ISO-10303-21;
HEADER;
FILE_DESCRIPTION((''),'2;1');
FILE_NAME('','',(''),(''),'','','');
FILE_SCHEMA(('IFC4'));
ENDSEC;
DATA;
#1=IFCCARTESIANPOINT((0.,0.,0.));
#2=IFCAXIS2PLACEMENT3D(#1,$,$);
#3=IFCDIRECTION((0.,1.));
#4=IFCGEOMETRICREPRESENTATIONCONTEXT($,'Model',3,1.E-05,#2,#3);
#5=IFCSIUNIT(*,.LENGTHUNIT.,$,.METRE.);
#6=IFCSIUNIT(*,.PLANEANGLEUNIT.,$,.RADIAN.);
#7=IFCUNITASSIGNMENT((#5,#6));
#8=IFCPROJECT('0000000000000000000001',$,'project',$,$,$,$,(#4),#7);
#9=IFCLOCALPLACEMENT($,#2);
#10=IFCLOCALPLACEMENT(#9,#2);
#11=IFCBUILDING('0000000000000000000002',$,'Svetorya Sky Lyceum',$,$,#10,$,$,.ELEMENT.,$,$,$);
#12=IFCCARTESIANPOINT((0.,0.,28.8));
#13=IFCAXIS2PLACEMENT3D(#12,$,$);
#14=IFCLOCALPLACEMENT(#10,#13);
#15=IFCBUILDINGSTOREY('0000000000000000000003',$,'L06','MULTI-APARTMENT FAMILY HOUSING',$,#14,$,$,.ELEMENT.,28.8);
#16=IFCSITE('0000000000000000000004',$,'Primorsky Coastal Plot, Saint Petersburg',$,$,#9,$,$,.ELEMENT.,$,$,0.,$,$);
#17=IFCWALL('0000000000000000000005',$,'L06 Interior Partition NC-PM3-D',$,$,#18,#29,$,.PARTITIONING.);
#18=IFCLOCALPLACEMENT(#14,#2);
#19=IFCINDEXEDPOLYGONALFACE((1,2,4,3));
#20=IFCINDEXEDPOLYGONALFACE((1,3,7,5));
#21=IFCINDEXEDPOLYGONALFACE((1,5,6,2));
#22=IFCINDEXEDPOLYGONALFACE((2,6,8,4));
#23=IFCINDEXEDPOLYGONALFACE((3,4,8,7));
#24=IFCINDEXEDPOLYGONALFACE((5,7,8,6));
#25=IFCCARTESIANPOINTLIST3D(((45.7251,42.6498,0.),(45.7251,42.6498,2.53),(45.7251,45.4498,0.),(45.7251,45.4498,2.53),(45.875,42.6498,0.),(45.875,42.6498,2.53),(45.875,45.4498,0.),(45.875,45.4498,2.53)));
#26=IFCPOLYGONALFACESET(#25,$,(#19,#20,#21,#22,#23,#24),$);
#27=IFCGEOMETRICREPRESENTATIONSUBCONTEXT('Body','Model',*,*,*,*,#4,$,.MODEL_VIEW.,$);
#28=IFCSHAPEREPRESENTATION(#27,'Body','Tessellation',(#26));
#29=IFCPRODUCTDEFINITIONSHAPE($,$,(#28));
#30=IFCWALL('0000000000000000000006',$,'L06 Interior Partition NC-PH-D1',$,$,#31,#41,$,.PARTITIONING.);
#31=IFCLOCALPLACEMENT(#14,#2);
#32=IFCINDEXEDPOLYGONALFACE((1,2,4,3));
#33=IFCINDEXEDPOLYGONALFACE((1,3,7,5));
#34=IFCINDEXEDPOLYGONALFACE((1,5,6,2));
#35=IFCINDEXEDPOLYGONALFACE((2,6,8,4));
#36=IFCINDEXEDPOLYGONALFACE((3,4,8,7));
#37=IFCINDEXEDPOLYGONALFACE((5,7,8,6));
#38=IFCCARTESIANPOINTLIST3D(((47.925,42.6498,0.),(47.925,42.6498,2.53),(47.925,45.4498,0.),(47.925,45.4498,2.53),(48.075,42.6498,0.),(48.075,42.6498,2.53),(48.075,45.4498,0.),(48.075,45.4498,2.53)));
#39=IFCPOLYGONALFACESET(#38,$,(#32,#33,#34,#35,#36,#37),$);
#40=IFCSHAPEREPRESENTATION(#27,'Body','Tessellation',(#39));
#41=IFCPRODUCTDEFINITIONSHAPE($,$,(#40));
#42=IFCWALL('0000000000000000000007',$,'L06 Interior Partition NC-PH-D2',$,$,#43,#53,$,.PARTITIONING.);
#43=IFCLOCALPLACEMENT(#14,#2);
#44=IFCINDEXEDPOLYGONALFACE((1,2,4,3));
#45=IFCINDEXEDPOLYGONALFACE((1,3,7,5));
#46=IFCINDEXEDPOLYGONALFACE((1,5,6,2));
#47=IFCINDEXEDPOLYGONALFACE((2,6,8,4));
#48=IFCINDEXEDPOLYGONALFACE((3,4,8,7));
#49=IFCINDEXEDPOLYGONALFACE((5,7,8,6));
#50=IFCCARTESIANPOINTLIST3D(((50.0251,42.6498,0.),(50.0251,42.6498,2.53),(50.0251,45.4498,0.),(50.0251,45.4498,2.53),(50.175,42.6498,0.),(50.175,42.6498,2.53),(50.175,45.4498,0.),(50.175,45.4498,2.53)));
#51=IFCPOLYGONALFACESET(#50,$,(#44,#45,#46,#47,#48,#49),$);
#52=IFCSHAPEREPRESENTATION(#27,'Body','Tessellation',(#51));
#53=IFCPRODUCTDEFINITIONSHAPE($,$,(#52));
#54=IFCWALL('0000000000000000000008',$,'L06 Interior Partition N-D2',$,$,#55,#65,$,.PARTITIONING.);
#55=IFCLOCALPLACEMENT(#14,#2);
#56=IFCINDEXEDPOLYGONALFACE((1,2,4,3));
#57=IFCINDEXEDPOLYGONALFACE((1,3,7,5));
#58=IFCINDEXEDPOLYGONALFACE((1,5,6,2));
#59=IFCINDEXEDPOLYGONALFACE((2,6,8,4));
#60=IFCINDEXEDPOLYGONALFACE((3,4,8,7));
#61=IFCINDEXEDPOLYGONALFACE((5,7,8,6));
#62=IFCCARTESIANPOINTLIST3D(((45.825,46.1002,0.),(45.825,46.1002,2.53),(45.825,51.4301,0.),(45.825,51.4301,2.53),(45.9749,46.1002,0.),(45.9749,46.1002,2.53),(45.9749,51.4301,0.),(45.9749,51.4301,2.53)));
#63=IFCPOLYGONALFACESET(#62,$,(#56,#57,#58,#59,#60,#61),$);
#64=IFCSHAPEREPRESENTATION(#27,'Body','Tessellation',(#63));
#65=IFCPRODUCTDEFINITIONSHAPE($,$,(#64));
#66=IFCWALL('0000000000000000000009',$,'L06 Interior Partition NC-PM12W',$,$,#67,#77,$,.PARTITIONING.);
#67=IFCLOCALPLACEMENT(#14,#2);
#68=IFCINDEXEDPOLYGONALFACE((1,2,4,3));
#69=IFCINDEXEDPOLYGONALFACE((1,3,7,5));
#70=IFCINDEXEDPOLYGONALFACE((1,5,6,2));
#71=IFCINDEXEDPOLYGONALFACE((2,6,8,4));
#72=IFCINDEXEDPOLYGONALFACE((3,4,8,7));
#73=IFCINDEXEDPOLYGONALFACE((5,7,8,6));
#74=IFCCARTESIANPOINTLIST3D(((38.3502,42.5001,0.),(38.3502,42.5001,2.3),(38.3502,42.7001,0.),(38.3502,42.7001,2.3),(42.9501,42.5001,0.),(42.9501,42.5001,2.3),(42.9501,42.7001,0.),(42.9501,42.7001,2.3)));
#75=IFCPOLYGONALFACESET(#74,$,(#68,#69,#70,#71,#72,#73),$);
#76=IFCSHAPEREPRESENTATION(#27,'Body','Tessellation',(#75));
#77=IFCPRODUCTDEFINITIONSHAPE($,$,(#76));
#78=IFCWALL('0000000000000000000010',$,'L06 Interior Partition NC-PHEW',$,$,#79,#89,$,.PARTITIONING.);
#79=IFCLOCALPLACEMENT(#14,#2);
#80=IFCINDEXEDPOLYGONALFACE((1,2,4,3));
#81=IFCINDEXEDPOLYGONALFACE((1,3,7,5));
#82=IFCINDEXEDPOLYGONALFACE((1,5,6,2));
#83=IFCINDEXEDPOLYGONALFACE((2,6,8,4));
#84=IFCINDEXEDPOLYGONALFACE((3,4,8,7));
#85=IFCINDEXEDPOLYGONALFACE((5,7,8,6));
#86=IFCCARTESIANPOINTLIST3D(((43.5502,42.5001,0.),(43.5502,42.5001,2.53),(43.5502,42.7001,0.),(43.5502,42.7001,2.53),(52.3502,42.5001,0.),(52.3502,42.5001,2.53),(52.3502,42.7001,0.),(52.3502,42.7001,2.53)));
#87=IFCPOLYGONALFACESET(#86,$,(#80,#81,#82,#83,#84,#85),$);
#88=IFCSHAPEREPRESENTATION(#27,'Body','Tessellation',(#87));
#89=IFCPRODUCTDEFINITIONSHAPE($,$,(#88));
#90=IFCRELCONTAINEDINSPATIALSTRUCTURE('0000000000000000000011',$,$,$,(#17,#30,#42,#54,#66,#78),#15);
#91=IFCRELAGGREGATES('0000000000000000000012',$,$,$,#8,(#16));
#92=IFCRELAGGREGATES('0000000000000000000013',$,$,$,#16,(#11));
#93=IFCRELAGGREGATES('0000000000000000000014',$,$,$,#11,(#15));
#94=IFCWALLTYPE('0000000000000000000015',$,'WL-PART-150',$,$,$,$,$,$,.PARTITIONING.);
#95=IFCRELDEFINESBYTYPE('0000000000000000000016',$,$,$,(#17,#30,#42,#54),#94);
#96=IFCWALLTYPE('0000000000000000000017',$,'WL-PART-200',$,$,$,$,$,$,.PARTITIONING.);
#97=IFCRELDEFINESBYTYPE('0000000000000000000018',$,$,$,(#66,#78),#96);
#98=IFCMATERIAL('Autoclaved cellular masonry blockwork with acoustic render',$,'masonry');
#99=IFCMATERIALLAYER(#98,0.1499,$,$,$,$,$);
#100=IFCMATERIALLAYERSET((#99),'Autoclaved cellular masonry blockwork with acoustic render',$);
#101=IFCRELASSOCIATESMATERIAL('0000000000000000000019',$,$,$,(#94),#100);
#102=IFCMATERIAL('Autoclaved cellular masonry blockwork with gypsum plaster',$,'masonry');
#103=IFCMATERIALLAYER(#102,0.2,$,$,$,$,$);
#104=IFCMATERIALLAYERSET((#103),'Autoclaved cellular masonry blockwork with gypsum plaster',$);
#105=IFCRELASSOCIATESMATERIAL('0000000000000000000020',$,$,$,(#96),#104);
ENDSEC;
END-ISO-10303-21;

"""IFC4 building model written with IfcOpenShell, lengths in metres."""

from ifc_helpers import new_model, si_unit, direction, frame, frame_2d, origin, place, context, subcontext, project, spatial, rectangle, extrude, material, layer, layer_set, type_object, element, save


model = new_model("IFC4")

# Units and contexts
model_context = context("Model", 3, precision=1e-05, world=origin(), true_north=direction((0.0, 1.0)))
body_context = subcontext(model_context, "Body", "Model", "MODEL_VIEW")
ifc_project = project(units=[si_unit("LENGTHUNIT", "METRE"), si_unit("PLANEANGLEUNIT", "RADIAN")], contexts=[model_context])

# Site, building, storey
site_placement = place(None, origin())
site = spatial("IfcSite", under=ifc_project, at=site_placement, Name="Primorsky Coastal Plot, Saint Petersburg", CompositionType="ELEMENT", RefElevation=0.0)
building_placement = place(site_placement, origin())
building = spatial("IfcBuilding", under=site, at=building_placement, Name="Svetorya Sky Lyceum", CompositionType="ELEMENT")
storey_placement = place(building_placement, frame((0.0, 0.0, 28.8)))
storey = spatial("IfcBuildingStorey", under=building, at=storey_placement, Name="L06", Description="MULTI-APARTMENT FAMILY HOUSING", CompositionType="ELEMENT", Elevation=28.8)

# Walls
ifc_material_1 = material(Name="Autoclaved cellular masonry blockwork with acoustic render", Category="masonry")
ifc_layer_1 = layer(ifc_material_1, 0.1499)
ifc_layer_set_1 = layer_set([ifc_layer_1], Name="Autoclaved cellular masonry blockwork with acoustic render")
wall_type_1 = type_object("IfcWallType", Name="WL-PART-150", PredefinedType="PARTITIONING", material=ifc_layer_set_1)
for number, where, z_axis, x_axis, name in (
    (1, (45.8, 42.6499, 0.0), (0.0, 0.0, 1.0), (0.0, 1.0, 0.0), "L06 Interior Partition NC-PM3-D"),
    (2, (48.0, 42.6499, 0.0), (0.0, 0.0, 1.0), (0.0, 1.0, 0.0), "L06 Interior Partition NC-PH-D1"),
    (3, (50.1001, 42.6499, 0.0), (0.0, 0.0, 1.0), (0.0, 1.0, 0.0), "L06 Interior Partition NC-PH-D2"),
):
    element("IfcWall", number, at=place(storey_placement, frame(where, z_axis=z_axis, x_axis=x_axis)), inside=storey, type_object=wall_type_1, Name=name, PredefinedType="PARTITIONING", context=body_context, shape_type="SweptSolid", body=[
        extrude(rectangle(XDim=2.8, YDim=0.1499, at=frame_2d((1.3999, 0.0))), origin(), (0.0, 0.0, 1.0), 2.53),
    ])
wall_1_placement = place(storey_placement, frame((45.8999, 46.1001, 0.0), z_axis=(0.0, 0.0, 1.0), x_axis=(0.0, 1.0, 0.0)))
element("IfcWall", 4, at=wall_1_placement, inside=storey, type_object=wall_type_1, Name="L06 Interior Partition N-D2", PredefinedType="PARTITIONING", context=body_context, shape_type="SweptSolid", body=[
    extrude(rectangle(XDim=5.3298, YDim=0.1499, at=frame_2d((2.665, 0.0))), origin(), (0.0, 0.0, 1.0), 2.53),
])
ifc_material_2 = material(Name="Autoclaved cellular masonry blockwork with gypsum plaster", Category="masonry")
ifc_layer_2 = layer(ifc_material_2, 0.2)
ifc_layer_set_2 = layer_set([ifc_layer_2], Name="Autoclaved cellular masonry blockwork with gypsum plaster")
wall_type_2 = type_object("IfcWallType", Name="WL-PART-200", PredefinedType="PARTITIONING", material=ifc_layer_set_2)
wall_2_placement = place(storey_placement, frame((42.95, 42.6001, 0.0), z_axis=(0.0, 0.0, 1.0), x_axis=(-1.0, 0.0, 0.0)))
element("IfcWall", 5, at=wall_2_placement, inside=storey, type_object=wall_type_2, Name="L06 Interior Partition NC-PM12W", PredefinedType="PARTITIONING", context=body_context, shape_type="SweptSolid", body=[
    extrude(rectangle(XDim=4.5999, YDim=0.2, at=frame_2d((2.2998, 0.0))), origin(), (0.0, 0.0, 1.0), 2.3),
])
wall_3_placement = place(storey_placement, frame((52.3501, 42.6001, 0.0), z_axis=(0.0, 0.0, 1.0), x_axis=(-1.0, 0.0, 0.0)))
element("IfcWall", 6, at=wall_3_placement, inside=storey, type_object=wall_type_2, Name="L06 Interior Partition NC-PHEW", PredefinedType="PARTITIONING", context=body_context, shape_type="SweptSolid", body=[
    extrude(rectangle(XDim=8.8, YDim=0.2, at=frame_2d((4.3999, 0.0))), origin(), (0.0, 0.0, 1.0), 2.53),
])

save(model, "model.ifc")
